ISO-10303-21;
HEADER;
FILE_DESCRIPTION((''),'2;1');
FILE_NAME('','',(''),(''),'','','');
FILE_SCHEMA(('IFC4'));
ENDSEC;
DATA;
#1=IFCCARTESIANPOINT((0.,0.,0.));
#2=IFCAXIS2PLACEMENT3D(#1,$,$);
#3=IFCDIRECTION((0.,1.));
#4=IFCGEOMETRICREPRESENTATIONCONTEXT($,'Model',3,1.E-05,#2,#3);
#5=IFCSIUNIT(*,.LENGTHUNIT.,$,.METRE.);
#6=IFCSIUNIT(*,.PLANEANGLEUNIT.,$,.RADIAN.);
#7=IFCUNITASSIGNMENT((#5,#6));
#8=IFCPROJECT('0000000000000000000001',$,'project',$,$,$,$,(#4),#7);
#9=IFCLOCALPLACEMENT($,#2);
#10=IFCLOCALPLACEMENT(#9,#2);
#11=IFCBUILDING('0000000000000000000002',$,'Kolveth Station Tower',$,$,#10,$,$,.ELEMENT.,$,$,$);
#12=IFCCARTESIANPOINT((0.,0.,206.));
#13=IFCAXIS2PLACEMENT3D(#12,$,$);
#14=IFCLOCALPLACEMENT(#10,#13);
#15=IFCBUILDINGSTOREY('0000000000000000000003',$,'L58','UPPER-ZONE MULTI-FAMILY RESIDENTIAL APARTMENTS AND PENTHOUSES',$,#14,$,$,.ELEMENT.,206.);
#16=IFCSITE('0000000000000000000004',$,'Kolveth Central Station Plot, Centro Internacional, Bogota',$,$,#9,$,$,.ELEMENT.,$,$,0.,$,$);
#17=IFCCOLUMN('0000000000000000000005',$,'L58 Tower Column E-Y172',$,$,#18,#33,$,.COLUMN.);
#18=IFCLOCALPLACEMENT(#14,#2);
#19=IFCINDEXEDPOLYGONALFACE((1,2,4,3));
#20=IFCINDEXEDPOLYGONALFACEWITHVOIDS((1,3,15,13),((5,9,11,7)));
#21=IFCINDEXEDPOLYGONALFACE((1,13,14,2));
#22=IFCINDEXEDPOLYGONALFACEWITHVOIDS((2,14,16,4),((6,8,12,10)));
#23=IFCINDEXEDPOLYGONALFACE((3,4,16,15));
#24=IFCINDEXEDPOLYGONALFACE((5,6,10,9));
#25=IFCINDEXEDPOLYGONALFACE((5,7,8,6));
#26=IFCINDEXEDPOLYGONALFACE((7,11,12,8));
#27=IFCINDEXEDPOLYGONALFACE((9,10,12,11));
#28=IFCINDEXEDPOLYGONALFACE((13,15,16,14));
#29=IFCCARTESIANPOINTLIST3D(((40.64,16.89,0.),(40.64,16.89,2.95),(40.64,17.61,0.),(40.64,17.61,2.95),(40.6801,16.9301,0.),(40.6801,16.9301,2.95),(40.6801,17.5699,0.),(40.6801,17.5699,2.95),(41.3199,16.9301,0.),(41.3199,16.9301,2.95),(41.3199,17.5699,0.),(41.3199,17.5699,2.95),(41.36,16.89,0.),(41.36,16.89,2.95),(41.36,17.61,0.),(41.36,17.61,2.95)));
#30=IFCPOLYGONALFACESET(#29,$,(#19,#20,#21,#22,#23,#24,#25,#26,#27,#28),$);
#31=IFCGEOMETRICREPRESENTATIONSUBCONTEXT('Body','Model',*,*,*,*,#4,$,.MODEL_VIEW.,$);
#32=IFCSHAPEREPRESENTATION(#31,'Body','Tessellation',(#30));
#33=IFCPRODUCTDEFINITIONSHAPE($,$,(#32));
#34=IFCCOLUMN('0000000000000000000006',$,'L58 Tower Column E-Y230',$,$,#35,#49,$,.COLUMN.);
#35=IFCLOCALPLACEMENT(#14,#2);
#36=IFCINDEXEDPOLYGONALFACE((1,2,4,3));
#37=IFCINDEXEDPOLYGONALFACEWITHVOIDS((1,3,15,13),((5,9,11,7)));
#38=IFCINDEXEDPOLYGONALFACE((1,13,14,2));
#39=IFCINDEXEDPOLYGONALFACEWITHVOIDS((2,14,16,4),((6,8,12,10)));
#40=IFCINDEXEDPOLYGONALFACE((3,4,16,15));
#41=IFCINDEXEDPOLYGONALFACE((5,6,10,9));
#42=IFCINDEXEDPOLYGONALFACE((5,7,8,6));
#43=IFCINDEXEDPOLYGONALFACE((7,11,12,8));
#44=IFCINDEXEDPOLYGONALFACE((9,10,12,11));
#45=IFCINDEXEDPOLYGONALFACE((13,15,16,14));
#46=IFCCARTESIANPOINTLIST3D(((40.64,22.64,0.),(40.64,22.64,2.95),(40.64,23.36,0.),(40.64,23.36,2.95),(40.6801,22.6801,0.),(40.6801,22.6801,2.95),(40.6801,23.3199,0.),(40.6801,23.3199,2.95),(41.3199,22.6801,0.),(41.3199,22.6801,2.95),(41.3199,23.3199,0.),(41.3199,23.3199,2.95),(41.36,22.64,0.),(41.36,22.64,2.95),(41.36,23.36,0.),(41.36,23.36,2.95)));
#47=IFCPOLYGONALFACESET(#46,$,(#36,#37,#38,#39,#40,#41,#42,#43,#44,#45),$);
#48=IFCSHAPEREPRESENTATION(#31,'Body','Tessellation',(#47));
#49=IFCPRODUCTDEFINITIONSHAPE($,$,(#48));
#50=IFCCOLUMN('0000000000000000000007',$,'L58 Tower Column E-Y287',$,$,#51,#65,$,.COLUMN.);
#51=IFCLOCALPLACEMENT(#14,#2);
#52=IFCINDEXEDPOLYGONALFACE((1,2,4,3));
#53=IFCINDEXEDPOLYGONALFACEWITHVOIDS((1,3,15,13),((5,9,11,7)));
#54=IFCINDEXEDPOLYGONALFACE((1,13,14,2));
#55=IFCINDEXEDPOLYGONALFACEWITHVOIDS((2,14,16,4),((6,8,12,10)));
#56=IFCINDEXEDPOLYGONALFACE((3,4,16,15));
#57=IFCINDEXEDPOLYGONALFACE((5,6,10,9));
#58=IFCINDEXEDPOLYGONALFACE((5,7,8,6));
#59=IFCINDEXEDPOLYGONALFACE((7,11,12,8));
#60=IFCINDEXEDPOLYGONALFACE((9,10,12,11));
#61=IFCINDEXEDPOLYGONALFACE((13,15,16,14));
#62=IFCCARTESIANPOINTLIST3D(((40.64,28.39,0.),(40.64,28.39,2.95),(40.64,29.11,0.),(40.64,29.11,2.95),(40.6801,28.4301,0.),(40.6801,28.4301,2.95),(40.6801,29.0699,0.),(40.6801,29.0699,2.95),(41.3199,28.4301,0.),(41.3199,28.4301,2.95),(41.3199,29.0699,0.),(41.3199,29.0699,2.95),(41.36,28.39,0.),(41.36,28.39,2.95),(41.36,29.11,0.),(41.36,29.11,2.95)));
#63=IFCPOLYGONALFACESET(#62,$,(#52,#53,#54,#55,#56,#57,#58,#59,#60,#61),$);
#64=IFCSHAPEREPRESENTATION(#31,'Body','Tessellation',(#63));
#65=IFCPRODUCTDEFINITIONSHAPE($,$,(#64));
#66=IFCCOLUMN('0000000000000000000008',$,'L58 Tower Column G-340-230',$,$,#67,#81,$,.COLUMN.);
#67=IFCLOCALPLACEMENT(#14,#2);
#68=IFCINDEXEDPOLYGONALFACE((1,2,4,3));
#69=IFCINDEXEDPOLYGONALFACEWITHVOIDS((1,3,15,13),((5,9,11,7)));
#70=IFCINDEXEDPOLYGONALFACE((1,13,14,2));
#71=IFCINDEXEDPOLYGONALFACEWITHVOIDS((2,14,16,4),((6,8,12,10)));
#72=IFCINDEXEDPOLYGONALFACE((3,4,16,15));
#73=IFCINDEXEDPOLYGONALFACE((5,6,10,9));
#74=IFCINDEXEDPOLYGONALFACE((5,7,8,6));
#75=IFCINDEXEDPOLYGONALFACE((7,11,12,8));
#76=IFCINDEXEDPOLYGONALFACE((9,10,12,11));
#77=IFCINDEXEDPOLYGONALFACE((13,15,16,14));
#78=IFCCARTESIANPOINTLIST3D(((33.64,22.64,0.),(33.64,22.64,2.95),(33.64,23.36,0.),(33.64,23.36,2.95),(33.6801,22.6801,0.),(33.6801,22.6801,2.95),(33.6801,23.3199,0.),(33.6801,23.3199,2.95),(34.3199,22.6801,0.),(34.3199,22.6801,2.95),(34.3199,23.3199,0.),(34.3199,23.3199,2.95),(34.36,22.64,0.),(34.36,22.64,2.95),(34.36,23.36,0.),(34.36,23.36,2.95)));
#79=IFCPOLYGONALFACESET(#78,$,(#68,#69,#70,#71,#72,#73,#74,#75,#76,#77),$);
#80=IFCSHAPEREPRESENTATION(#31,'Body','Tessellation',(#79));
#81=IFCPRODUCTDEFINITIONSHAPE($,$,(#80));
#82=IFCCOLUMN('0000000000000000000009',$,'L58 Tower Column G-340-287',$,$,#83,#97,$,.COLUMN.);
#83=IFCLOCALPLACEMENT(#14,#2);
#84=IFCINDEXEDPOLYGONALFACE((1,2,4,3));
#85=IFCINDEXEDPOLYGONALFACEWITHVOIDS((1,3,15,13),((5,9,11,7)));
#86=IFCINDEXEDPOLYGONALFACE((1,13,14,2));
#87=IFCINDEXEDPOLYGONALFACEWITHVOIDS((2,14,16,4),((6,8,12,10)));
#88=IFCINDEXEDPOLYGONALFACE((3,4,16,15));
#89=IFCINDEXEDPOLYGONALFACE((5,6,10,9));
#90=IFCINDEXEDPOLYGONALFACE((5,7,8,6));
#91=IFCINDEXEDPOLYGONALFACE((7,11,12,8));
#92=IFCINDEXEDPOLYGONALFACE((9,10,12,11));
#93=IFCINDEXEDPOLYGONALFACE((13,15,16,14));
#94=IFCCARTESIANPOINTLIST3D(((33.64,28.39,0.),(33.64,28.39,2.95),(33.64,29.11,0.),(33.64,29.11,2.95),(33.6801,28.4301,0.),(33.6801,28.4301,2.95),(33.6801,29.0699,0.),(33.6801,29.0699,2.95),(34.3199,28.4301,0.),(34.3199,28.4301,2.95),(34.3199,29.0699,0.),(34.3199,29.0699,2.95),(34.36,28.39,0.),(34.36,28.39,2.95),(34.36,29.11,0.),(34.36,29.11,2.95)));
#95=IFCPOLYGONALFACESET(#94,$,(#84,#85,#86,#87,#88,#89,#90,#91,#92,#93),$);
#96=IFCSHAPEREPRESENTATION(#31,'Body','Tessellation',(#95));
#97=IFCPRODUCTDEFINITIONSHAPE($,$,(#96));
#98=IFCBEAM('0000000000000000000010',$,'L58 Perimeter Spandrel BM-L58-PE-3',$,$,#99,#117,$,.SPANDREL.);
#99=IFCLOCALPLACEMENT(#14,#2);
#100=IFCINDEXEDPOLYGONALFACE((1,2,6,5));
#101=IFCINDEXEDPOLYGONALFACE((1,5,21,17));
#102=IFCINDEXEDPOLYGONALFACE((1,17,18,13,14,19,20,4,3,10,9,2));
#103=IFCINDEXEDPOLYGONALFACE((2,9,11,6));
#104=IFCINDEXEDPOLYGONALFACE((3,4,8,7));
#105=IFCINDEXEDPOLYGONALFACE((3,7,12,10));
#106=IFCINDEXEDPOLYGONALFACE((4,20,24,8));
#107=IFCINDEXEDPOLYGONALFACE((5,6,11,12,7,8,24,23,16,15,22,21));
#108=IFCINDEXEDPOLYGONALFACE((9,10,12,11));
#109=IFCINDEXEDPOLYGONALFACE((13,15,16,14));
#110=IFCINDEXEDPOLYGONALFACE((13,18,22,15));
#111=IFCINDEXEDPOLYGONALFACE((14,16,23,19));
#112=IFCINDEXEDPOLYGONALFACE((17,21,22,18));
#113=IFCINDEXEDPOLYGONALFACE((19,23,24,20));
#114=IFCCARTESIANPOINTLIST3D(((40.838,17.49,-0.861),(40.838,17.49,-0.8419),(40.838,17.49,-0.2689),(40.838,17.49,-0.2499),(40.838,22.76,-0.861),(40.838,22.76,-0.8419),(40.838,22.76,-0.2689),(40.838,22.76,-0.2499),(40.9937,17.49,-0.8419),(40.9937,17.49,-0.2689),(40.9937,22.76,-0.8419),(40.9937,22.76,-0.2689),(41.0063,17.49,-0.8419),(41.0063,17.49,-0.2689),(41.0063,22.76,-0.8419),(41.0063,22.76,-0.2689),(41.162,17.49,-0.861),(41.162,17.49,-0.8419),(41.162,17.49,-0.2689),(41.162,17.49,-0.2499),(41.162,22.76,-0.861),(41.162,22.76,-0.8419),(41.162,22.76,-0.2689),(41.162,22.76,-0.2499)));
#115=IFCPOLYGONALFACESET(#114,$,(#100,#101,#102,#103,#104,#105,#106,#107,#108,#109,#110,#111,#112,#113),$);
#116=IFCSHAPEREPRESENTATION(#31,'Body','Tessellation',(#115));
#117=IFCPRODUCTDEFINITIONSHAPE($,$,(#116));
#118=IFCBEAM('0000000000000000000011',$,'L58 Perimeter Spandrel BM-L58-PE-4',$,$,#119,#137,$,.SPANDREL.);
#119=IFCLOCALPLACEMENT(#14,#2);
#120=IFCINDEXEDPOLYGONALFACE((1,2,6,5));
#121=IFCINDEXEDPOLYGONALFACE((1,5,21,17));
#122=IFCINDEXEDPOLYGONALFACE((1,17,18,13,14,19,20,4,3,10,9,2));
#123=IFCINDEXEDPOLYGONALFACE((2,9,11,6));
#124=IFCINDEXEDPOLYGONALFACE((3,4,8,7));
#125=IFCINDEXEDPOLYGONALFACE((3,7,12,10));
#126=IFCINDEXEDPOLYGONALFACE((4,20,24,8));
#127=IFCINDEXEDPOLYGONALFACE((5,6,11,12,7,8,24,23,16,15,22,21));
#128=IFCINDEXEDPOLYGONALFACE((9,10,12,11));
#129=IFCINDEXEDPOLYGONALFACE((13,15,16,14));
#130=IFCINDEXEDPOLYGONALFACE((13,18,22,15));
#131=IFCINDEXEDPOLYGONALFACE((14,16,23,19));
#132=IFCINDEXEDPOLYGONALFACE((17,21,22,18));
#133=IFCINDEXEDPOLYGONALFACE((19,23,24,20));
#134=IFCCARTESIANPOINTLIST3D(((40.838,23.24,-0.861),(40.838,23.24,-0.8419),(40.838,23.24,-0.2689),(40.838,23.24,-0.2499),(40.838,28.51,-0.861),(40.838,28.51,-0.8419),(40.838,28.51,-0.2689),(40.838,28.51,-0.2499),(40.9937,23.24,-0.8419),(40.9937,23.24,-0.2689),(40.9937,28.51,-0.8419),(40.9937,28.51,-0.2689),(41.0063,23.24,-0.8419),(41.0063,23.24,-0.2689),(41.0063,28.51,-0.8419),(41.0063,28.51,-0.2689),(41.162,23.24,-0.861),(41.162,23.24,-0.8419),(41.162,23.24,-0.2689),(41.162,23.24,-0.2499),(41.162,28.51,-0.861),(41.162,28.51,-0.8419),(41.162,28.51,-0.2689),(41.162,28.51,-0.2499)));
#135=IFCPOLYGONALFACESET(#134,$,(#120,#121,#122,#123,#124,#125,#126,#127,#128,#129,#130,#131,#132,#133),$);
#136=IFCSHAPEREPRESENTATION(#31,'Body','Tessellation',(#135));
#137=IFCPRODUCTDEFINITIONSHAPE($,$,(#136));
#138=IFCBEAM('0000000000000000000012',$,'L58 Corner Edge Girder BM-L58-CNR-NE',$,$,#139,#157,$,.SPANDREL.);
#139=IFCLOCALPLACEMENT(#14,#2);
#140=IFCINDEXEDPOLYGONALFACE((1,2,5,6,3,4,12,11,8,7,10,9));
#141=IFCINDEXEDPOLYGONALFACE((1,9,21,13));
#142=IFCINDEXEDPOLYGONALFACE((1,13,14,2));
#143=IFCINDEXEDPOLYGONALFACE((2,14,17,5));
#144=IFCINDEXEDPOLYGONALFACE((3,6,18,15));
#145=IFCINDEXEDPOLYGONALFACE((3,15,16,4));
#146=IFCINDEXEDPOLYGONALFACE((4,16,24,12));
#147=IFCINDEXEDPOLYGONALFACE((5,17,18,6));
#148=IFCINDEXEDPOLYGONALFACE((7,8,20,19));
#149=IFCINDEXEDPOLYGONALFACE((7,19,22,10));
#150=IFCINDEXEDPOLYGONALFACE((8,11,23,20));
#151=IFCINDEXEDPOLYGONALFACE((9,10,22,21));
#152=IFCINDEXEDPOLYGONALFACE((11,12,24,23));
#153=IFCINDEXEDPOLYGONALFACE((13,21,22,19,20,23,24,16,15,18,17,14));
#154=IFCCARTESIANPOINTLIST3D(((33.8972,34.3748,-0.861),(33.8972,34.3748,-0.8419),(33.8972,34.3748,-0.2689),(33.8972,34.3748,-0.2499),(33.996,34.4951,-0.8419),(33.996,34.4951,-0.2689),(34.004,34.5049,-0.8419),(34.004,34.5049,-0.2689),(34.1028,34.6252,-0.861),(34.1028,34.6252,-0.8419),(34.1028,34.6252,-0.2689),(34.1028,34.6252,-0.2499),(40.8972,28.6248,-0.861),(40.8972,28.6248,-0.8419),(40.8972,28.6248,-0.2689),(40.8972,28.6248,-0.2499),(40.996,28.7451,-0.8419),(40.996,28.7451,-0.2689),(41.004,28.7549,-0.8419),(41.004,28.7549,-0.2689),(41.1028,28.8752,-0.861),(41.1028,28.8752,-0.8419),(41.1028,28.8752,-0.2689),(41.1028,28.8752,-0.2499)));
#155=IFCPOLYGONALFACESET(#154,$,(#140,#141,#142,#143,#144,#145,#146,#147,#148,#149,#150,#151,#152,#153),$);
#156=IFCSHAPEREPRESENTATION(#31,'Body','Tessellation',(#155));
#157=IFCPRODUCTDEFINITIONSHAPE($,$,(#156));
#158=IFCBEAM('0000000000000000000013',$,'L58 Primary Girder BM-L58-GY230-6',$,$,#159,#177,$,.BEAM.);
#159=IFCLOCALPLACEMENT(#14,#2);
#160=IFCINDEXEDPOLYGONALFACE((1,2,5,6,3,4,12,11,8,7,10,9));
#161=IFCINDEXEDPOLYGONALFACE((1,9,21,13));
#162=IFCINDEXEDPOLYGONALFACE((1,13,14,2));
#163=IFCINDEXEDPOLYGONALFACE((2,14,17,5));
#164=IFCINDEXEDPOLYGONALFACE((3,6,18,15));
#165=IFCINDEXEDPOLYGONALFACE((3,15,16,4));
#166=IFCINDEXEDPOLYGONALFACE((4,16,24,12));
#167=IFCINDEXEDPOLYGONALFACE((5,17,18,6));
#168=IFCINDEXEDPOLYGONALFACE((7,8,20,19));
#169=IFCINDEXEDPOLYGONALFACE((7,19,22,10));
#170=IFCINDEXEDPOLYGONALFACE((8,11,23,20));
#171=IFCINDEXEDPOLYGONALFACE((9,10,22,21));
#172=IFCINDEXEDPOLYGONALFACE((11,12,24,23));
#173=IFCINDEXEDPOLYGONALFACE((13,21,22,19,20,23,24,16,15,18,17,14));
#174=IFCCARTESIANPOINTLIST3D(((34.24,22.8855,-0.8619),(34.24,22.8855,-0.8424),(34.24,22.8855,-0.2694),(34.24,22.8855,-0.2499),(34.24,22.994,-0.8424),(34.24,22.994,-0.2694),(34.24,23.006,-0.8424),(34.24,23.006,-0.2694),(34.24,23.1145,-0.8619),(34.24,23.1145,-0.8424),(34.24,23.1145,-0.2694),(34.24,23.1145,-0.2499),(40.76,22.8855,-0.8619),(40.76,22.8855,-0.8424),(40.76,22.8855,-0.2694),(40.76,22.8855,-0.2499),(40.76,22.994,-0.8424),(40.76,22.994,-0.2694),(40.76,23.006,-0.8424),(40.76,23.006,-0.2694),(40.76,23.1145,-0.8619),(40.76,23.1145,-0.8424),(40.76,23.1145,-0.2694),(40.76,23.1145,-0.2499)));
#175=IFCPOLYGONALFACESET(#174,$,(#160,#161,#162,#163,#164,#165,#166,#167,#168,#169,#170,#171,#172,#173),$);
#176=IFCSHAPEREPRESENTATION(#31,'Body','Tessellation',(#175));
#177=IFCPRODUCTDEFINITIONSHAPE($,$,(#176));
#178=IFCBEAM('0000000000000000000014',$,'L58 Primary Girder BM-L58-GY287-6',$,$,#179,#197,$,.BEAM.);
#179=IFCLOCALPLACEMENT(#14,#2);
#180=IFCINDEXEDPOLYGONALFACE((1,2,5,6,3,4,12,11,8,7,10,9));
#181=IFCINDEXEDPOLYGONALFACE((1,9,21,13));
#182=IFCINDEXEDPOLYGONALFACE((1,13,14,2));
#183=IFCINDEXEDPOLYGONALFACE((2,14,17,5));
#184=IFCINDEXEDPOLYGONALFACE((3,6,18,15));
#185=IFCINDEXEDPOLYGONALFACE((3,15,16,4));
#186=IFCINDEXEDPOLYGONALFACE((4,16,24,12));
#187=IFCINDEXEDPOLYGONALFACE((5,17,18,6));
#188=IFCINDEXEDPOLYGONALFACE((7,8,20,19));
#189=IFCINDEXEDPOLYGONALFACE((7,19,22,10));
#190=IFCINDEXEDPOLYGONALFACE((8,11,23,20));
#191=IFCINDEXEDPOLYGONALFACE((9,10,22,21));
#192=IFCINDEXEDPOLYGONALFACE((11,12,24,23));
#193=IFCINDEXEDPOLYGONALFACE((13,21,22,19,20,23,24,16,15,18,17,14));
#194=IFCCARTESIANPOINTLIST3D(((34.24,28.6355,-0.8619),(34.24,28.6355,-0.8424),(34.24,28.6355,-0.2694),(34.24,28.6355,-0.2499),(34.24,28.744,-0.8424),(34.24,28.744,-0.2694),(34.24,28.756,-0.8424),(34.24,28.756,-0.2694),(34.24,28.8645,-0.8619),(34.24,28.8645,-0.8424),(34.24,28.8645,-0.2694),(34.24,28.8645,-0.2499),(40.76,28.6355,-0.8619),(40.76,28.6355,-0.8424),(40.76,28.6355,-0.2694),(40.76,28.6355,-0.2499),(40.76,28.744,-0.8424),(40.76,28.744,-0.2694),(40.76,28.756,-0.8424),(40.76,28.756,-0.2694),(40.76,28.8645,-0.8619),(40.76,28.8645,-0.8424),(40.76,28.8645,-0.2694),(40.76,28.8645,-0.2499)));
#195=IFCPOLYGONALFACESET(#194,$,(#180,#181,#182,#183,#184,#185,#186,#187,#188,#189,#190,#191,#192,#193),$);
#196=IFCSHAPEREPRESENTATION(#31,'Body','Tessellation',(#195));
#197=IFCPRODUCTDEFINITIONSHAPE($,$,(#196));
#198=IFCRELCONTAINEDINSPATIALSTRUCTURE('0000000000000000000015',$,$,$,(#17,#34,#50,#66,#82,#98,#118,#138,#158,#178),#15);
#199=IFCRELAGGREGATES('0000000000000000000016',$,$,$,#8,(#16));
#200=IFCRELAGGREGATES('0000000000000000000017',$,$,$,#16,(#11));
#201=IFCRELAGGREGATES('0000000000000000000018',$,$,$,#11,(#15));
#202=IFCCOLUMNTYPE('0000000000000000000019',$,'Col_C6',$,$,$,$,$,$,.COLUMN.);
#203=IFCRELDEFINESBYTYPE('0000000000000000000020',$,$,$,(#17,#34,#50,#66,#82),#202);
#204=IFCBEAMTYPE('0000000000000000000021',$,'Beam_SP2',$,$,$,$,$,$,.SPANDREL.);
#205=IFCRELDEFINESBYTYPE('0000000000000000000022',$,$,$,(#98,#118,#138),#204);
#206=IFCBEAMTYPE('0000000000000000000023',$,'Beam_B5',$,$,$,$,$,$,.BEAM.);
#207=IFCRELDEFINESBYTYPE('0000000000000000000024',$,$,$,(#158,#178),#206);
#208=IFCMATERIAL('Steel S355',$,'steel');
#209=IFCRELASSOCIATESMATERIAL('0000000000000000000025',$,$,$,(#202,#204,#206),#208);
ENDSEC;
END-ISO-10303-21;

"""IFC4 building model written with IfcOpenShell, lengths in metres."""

from ifc_helpers import new_model, si_unit, direction, frame, origin, origin_2d, place, context, subcontext, project, spatial, hollow_rectangle, i_section, extrude, source, transform, mapped, material, material_profile, profile_set, type_object, element, save


model = new_model("IFC4")

# Units and contexts
model_context = context("Model", 3, precision=1e-05, world=origin(), true_north=direction((0.0, 1.0)))
body_context = subcontext(model_context, "Body", "Model", "MODEL_VIEW")
ifc_project = project(units=[si_unit("LENGTHUNIT", "METRE"), si_unit("PLANEANGLEUNIT", "RADIAN")], contexts=[model_context])

# Site, building, storey
site_placement = place(None, origin())
site = spatial("IfcSite", under=ifc_project, at=site_placement, Name="Kolveth Central Station Plot, Centro Internacional, Bogota", CompositionType="ELEMENT", RefElevation=0.0)
building_placement = place(site_placement, origin())
building = spatial("IfcBuilding", under=site, at=building_placement, Name="Kolveth Station Tower", CompositionType="ELEMENT")
storey_placement = place(building_placement, frame((0.0, 0.0, 206.0)))
storey = spatial("IfcBuildingStorey", under=building, at=storey_placement, Name="L58", Description="UPPER-ZONE MULTI-FAMILY RESIDENTIAL APARTMENTS AND PENTHOUSES", CompositionType="ELEMENT", Elevation=206.0)

# Columns
ifc_material_1 = material(Name="Steel S355", Category="steel")
ifc_material_profile_1 = material_profile(ifc_material_1, hollow_rectangle(XDim=0.72, YDim=0.72, WallThickness=0.04, at=origin_2d()), Name="BOX720x720x40")
ifc_profile_set_1 = profile_set([ifc_material_profile_1], Name="Steel S355")
column_type = type_object("IfcColumnType", Name="Col_C6", PredefinedType="COLUMN", material=ifc_profile_set_1)
shared_shape_1 = source(origin(), body_context, "Body", "SweptSolid", [
    extrude(hollow_rectangle(XDim=0.72, YDim=0.72, WallThickness=0.04, at=origin_2d()), origin(), (0.0, 0.0, 1.0), 2.95),
])
for number, where, z_axis, x_axis, name in (
    (1, (41.0, 17.25, 0.0), (0.0, 0.0, 1.0), (1.0, 0.0, 0.0), "L58 Tower Column E-Y172"),
    (2, (41.0, 23.0, 0.0), (0.0, 0.0, 1.0), (1.0, 0.0, 0.0), "L58 Tower Column E-Y230"),
    (3, (41.0, 28.75, 0.0), (0.0, 0.0, 1.0), (1.0, 0.0, 0.0), "L58 Tower Column E-Y287"),
    (4, (34.0, 23.0, 0.0), (0.0, 0.0, 1.0), (1.0, 0.0, 0.0), "L58 Tower Column G-340-230"),
    (5, (34.0, 28.75, 0.0), (0.0, 0.0, 1.0), (1.0, 0.0, 0.0), "L58 Tower Column G-340-287"),
):
    element("IfcColumn", number, at=place(storey_placement, frame(where, z_axis=z_axis, x_axis=x_axis)), inside=storey, type_object=column_type, Name=name, PredefinedType="COLUMN", context=body_context, shape_type="MappedRepresentation", body=[
        mapped(shared_shape_1, transform((0.0, 0.0, 0.0), x_axis=(1.0, 0.0, 0.0), y_axis=(0.0, 1.0, 0.0), z_axis=(0.0, 0.0, 1.0), scale=1.0)),
    ])

# Beams
ifc_material_profile_2 = material_profile(ifc_material_1, i_section(OverallWidth=0.324, OverallDepth=0.6111, WebThickness=0.0127, FlangeThickness=0.019, at=origin_2d()), Name="W610x155")
ifc_profile_set_2 = profile_set([ifc_material_profile_2], Name="Steel S355")
beam_type_1 = type_object("IfcBeamType", Name="Beam_SP2", PredefinedType="SPANDREL", material=ifc_profile_set_2)
shared_shape_2 = source(origin(), body_context, "Body", "SweptSolid", [
    extrude(i_section(OverallWidth=0.324, OverallDepth=0.6111, WebThickness=0.0127, FlangeThickness=0.019, at=origin_2d()), origin(), (0.0, 0.0, 1.0), 5.27),
])
for number, where, z_axis, x_axis, name in (
    (6, (41.0, 17.49, -0.5554), (0.0, 1.0, 0.0), (-1.0, 0.0, 0.0), "L58 Perimeter Spandrel BM-L58-PE-3"),
    (7, (41.0, 23.24, -0.5554), (0.0, 1.0, 0.0), (-1.0, 0.0, 0.0), "L58 Perimeter Spandrel BM-L58-PE-4"),
):
    element("IfcBeam", number, at=place(storey_placement, frame(where, z_axis=z_axis, x_axis=x_axis)), inside=storey, type_object=beam_type_1, Name=name, PredefinedType="SPANDREL", context=body_context, shape_type="MappedRepresentation", body=[
        mapped(shared_shape_2, transform((0.0, 0.0, 0.0), x_axis=(1.0, 0.0, 0.0), y_axis=(0.0, 1.0, 0.0), z_axis=(0.0, 0.0, 1.0), scale=1.0)),
    ])
shared_shape_3 = source(origin(), body_context, "Body", "SweptSolid", [
    extrude(i_section(OverallWidth=0.324, OverallDepth=0.6111, WebThickness=0.0127, FlangeThickness=0.019, at=origin_2d()), origin(), (0.0, 0.0, 1.0), 9.0588),
])
beam_placement = place(storey_placement, frame((41.0, 28.75, -0.5554), z_axis=(-0.772726, 0.634739, 0.0), x_axis=(-0.634739, -0.772726, 0.0)))
element("IfcBeam", 8, at=beam_placement, inside=storey, type_object=beam_type_1, Name="L58 Corner Edge Girder BM-L58-CNR-NE", PredefinedType="SPANDREL", context=body_context, shape_type="MappedRepresentation", body=[
    mapped(shared_shape_3, transform((0.0, 0.0, 0.0), x_axis=(1.0, 0.0, 0.0), y_axis=(0.0, 1.0, 0.0), z_axis=(0.0, 0.0, 1.0), scale=1.0)),
])
ifc_material_profile_3 = material_profile(ifc_material_1, i_section(OverallWidth=0.229, OverallDepth=0.6121, WebThickness=0.012, FlangeThickness=0.0195, at=origin_2d()), Name="W610x125")
ifc_profile_set_3 = profile_set([ifc_material_profile_3], Name="Steel S355")
beam_type_2 = type_object("IfcBeamType", Name="Beam_B5", PredefinedType="BEAM", material=ifc_profile_set_3)
shared_shape_4 = source(origin(), body_context, "Body", "SweptSolid", [
    extrude(i_section(OverallWidth=0.229, OverallDepth=0.6121, WebThickness=0.012, FlangeThickness=0.0195, at=origin_2d()), origin(), (0.0, 0.0, 1.0), 6.52),
])
for number, where, z_axis, x_axis, name in (
    (9, (34.24, 23.0, -0.5559), (1.0, 0.0, 0.0), (0.0, 1.0, 0.0), "L58 Primary Girder BM-L58-GY230-6"),
    (10, (34.24, 28.75, -0.5559), (1.0, 0.0, 0.0), (0.0, 1.0, 0.0), "L58 Primary Girder BM-L58-GY287-6"),
):
    element("IfcBeam", number, at=place(storey_placement, frame(where, z_axis=z_axis, x_axis=x_axis)), inside=storey, type_object=beam_type_2, Name=name, PredefinedType="BEAM", context=body_context, shape_type="MappedRepresentation", body=[
        mapped(shared_shape_4, transform((0.0, 0.0, 0.0), x_axis=(1.0, 0.0, 0.0), y_axis=(0.0, 1.0, 0.0), z_axis=(0.0, 0.0, 1.0), scale=1.0)),
    ])

save(model, "model.ifc")
